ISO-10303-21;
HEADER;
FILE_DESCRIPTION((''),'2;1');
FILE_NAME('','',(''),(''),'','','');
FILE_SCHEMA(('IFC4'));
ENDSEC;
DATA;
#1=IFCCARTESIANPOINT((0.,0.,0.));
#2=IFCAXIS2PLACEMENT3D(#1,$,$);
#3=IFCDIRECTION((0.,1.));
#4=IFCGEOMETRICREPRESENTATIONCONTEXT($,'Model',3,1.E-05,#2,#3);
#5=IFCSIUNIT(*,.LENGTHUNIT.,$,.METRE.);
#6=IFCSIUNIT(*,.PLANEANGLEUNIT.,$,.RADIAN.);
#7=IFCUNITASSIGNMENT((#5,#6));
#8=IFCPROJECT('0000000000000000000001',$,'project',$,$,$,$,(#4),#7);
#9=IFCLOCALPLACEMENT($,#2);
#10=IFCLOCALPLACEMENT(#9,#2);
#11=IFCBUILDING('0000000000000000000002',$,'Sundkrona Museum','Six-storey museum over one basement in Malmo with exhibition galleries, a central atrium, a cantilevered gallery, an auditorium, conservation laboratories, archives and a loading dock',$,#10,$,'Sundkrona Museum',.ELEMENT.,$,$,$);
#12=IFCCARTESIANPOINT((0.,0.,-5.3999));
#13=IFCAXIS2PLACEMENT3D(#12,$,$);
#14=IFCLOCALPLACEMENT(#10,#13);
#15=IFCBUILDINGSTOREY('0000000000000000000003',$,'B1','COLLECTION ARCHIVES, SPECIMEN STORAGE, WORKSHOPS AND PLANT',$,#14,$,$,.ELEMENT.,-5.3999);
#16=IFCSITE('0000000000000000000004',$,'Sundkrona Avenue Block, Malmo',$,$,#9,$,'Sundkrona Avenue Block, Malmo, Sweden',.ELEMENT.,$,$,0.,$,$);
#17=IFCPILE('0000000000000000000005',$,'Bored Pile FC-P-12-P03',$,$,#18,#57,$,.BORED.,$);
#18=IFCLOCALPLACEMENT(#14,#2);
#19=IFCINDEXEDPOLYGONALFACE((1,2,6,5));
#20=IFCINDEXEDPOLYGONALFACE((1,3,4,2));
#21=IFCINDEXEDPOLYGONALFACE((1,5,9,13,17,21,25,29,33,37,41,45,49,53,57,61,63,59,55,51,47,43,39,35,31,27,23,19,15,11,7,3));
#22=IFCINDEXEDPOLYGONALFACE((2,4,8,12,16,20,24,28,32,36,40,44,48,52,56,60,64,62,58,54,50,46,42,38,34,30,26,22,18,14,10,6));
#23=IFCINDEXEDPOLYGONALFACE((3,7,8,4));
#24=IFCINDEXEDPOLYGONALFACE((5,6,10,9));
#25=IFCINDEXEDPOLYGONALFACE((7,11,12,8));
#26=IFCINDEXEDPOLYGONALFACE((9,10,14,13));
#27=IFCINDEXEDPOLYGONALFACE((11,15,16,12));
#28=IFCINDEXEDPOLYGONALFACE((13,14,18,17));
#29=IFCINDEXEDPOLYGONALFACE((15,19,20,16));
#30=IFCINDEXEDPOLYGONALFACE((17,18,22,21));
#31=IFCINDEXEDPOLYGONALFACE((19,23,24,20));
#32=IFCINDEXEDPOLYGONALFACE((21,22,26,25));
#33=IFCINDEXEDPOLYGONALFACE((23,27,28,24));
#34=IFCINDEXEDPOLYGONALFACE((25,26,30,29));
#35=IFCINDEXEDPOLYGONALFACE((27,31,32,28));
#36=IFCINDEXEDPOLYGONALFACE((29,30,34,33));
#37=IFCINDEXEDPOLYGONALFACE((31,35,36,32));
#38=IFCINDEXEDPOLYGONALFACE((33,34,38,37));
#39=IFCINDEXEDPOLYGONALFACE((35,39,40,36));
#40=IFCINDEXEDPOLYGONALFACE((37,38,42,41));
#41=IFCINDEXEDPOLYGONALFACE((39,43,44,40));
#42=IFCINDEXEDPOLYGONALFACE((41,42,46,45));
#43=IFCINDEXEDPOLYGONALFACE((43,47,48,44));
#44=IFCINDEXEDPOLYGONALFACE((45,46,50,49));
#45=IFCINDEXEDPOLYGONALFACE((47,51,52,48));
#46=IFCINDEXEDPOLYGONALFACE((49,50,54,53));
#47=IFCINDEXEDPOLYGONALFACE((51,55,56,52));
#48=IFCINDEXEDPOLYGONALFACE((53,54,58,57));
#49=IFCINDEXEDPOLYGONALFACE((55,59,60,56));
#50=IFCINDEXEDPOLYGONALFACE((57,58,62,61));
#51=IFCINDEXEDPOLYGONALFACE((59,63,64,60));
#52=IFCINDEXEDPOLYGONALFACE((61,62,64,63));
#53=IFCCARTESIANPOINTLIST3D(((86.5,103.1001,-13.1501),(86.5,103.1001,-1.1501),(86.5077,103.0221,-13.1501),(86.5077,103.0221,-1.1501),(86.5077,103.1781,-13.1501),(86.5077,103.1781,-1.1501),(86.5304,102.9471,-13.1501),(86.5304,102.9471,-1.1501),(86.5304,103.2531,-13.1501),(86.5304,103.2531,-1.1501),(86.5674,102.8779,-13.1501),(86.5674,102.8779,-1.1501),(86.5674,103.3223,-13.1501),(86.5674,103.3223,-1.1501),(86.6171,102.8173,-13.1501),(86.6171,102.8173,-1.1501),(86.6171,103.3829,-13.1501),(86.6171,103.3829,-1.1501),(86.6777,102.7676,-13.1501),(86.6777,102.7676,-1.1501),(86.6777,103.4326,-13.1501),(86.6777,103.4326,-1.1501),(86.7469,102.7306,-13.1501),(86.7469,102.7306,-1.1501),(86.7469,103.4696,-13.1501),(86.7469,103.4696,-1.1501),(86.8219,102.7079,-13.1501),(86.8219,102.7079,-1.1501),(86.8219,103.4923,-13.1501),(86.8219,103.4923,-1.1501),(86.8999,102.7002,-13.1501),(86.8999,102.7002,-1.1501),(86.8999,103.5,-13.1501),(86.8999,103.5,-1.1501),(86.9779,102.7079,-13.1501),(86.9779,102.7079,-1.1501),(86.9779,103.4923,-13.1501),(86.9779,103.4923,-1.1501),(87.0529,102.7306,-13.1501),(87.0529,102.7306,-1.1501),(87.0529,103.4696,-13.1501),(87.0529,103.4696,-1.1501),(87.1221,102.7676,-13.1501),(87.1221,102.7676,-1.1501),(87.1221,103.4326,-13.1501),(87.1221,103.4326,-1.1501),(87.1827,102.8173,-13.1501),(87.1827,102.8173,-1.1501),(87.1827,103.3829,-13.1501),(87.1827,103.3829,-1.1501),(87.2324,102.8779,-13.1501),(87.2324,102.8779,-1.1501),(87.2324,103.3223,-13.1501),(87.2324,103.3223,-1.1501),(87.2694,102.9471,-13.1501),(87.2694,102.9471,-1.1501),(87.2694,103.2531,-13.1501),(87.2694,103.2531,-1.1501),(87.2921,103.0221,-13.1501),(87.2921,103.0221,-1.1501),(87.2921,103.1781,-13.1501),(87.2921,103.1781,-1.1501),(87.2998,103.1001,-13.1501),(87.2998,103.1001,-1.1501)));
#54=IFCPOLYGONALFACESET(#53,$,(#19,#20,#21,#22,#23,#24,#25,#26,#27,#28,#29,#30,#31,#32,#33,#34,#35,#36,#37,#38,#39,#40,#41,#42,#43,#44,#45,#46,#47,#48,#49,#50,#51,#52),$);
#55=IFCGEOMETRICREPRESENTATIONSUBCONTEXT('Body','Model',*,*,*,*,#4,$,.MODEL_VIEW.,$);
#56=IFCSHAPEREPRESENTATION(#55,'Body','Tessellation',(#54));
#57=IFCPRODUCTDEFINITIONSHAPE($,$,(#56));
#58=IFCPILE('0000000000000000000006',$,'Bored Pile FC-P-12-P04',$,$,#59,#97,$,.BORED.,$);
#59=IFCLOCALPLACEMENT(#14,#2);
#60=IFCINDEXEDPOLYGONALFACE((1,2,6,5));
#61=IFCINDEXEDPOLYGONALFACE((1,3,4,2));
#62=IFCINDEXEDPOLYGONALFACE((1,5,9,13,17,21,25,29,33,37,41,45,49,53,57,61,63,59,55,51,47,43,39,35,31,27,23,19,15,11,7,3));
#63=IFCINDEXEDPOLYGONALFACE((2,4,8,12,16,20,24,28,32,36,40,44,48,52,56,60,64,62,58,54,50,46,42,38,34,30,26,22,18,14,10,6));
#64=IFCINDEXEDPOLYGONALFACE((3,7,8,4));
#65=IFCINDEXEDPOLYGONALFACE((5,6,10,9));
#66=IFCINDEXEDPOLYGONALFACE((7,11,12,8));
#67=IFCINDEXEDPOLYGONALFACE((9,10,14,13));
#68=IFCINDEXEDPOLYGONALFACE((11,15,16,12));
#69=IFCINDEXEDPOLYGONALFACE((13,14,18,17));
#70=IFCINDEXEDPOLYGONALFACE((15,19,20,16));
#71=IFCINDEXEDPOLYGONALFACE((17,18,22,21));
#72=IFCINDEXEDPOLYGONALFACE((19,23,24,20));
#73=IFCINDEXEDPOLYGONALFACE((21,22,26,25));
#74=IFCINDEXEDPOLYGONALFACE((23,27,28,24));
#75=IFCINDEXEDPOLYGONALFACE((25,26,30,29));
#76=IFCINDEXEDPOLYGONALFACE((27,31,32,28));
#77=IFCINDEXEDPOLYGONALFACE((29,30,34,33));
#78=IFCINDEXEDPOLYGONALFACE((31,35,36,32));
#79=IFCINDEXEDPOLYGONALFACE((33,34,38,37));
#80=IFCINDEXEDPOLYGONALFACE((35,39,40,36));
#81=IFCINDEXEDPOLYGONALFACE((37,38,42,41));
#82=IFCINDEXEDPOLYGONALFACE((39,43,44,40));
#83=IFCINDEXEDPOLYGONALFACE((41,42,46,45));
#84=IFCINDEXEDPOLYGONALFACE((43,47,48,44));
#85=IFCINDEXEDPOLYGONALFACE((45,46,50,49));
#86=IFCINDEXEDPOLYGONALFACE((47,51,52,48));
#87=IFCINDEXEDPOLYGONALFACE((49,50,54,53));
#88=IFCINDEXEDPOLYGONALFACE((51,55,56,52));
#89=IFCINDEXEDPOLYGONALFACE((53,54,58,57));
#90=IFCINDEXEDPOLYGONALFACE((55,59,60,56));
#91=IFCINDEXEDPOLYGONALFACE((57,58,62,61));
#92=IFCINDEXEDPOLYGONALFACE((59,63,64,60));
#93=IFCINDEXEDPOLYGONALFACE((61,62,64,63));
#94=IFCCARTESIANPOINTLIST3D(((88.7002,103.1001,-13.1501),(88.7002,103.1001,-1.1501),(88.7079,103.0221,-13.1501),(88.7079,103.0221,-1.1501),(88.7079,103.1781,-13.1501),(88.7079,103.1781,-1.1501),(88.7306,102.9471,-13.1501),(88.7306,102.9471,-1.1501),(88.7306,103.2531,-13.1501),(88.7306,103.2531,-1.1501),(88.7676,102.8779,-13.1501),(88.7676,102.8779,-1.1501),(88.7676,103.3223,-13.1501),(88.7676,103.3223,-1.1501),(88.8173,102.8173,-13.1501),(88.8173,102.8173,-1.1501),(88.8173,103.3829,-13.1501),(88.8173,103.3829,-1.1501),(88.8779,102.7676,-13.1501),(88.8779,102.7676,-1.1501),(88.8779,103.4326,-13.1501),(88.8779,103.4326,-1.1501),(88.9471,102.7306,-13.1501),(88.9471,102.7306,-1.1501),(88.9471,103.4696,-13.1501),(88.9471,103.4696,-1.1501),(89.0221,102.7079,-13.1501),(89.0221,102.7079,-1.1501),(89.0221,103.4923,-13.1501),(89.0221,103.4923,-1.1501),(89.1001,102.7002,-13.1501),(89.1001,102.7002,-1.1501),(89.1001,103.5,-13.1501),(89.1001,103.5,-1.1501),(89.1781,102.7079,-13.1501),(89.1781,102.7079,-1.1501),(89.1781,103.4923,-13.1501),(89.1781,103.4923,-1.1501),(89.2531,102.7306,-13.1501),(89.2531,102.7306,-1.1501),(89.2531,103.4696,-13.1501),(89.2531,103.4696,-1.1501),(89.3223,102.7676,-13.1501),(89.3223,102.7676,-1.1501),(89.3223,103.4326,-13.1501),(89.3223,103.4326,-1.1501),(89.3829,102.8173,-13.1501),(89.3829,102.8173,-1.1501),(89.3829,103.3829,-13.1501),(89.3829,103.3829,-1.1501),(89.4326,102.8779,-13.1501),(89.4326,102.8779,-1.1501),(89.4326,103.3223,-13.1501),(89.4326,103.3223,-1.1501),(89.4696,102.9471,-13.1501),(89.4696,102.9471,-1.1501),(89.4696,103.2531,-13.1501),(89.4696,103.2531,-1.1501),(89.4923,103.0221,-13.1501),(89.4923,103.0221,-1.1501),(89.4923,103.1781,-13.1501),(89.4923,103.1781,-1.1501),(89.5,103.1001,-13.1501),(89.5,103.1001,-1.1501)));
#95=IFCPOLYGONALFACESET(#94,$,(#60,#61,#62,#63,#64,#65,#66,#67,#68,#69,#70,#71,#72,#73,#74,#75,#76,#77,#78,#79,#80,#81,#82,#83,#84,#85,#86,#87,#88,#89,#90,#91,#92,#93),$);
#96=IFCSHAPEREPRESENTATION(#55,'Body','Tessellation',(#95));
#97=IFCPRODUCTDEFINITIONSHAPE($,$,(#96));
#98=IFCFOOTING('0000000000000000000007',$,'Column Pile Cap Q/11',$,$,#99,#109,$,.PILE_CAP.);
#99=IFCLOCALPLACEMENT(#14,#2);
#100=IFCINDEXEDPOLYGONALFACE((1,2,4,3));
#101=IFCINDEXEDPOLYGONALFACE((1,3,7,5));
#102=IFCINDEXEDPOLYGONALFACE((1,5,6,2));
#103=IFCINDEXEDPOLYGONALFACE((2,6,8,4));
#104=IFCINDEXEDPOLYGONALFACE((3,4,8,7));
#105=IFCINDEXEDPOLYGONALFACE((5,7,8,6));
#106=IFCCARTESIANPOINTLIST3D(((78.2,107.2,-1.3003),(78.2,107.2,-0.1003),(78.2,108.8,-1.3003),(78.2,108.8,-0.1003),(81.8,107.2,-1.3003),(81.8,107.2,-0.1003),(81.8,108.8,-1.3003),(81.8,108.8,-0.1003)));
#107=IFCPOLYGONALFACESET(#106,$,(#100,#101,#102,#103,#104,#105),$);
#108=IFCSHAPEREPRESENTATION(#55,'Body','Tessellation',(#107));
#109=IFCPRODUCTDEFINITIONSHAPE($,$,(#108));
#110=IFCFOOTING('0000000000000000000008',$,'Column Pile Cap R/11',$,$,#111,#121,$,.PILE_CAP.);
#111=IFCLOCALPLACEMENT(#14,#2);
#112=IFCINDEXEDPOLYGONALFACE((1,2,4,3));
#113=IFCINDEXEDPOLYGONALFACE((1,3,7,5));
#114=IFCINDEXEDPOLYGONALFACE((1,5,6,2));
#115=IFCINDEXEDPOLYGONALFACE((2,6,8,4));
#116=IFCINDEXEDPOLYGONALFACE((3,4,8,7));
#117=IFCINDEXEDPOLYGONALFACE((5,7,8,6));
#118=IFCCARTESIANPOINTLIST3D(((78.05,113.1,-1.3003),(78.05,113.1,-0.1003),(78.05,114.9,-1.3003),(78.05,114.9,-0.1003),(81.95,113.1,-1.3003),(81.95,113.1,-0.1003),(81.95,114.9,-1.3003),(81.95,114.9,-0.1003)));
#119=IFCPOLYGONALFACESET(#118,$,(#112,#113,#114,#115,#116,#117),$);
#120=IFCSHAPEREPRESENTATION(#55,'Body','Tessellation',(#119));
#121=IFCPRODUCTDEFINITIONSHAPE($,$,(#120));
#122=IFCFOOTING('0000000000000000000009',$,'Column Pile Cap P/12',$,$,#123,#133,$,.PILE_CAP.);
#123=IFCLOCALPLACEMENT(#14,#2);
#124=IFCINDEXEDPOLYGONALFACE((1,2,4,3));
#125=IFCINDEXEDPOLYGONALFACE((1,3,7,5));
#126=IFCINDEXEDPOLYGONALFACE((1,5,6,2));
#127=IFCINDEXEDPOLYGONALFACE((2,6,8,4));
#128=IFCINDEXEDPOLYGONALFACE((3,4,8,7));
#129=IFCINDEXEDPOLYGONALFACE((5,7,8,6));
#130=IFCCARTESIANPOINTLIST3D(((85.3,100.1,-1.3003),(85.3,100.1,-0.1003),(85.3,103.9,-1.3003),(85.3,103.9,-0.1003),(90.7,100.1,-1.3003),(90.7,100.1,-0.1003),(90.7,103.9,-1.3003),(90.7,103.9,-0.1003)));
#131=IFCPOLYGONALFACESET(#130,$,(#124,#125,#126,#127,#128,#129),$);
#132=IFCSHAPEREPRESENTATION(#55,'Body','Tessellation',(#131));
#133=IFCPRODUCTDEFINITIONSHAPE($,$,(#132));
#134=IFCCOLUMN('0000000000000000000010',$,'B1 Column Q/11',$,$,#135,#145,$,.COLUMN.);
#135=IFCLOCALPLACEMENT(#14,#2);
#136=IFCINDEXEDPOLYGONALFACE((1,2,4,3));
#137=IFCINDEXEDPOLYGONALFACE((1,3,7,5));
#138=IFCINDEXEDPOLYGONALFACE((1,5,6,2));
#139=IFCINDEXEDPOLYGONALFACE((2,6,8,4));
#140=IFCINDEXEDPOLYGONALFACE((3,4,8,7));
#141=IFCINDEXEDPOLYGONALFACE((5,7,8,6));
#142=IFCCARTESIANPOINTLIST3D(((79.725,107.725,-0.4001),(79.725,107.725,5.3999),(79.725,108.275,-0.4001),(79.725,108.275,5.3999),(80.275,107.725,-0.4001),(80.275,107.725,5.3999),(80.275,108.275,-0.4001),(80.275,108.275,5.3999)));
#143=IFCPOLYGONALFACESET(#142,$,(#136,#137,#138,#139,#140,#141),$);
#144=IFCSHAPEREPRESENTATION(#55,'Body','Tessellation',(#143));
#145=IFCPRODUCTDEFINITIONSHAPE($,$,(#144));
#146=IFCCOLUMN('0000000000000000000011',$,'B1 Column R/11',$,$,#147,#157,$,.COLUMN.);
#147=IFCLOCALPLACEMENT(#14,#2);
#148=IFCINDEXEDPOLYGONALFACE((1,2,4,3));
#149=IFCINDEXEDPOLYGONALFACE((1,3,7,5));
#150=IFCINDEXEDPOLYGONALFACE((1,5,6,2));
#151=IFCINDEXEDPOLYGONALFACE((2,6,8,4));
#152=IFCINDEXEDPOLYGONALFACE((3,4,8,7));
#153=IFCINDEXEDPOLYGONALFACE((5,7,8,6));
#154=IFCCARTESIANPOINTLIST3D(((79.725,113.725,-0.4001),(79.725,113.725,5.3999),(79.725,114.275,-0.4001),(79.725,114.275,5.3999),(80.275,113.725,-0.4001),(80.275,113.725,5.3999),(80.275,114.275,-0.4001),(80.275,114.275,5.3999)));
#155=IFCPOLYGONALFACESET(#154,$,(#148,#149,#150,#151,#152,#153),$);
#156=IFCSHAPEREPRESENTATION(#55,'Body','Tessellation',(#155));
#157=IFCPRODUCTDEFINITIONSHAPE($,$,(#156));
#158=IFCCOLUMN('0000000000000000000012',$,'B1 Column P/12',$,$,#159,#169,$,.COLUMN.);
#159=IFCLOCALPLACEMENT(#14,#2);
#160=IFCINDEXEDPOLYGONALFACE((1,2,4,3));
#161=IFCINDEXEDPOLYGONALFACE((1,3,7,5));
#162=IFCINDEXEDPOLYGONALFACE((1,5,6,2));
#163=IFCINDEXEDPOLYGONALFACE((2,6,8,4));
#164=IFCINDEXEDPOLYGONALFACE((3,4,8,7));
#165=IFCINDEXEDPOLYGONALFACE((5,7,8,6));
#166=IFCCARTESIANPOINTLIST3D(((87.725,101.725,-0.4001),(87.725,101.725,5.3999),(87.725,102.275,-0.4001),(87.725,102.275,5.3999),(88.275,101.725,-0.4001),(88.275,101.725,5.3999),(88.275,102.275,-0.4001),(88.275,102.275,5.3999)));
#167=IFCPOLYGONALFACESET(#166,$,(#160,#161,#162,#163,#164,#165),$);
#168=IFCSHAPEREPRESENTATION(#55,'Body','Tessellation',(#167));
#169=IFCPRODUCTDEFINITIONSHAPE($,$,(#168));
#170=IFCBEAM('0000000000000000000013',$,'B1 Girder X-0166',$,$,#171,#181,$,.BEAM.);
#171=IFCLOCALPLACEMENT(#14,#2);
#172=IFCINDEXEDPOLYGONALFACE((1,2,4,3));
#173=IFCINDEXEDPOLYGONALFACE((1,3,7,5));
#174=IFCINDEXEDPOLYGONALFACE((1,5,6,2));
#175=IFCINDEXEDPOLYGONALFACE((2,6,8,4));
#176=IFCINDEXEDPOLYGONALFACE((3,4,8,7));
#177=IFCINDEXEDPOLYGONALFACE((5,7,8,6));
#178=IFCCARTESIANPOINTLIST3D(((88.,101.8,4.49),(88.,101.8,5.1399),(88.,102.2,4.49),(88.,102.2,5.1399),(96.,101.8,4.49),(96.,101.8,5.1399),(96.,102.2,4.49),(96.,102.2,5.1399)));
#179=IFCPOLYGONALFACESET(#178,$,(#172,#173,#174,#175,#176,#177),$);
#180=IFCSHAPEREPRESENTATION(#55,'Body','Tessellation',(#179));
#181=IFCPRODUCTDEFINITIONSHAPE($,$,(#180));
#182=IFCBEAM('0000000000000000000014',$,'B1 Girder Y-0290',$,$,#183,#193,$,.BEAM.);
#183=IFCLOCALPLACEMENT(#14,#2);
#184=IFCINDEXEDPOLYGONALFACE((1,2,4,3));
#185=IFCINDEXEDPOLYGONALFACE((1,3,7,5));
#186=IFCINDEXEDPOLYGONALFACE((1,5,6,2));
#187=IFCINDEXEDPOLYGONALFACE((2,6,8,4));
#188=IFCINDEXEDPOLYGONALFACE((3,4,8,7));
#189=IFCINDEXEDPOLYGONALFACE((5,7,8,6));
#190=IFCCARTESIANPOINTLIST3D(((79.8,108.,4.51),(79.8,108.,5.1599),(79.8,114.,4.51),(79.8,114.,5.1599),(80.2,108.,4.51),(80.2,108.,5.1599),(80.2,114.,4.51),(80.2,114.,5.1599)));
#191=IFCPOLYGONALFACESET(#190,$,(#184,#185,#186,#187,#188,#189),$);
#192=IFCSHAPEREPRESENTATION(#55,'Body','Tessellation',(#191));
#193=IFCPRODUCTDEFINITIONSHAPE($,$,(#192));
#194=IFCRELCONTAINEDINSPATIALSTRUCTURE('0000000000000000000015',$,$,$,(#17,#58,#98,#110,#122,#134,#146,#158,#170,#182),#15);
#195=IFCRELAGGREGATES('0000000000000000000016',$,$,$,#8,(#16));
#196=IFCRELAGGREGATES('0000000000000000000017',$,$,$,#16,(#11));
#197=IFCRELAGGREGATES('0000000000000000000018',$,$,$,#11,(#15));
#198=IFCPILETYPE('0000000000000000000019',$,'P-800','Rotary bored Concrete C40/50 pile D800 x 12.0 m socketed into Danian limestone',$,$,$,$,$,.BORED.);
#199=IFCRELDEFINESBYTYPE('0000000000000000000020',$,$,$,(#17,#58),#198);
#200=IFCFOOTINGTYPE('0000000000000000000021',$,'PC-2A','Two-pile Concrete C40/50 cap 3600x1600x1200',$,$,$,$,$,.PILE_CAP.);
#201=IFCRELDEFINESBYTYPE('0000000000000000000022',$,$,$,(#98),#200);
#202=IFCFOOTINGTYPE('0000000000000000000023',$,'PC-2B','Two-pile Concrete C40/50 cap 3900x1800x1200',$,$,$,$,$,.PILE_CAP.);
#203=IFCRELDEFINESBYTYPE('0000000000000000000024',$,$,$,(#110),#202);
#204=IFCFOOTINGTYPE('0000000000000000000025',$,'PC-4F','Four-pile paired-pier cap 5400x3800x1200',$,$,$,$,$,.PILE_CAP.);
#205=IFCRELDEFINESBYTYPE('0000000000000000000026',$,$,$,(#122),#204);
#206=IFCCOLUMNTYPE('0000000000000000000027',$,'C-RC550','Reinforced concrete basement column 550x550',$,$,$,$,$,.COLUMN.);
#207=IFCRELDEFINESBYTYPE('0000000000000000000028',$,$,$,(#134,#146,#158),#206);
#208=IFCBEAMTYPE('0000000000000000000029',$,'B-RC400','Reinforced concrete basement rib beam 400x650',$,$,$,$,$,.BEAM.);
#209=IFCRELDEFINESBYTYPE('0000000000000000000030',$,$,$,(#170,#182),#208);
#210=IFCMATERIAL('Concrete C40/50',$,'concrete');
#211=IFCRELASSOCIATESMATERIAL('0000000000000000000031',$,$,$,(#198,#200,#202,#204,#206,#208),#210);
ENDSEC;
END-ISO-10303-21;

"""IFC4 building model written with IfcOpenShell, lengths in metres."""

from ifc_helpers import new_model, si_unit, direction, frame, origin, origin_2d, place, context, subcontext, project, spatial, rectangle, circle, extrude, material, material_profile, profile_set, type_object, element, save


model = new_model("IFC4")

# Units and contexts
model_context = context("Model", 3, precision=1e-05, world=origin(), true_north=direction((0.0, 1.0)))
body_context = subcontext(model_context, "Body", "Model", "MODEL_VIEW")
ifc_project = project(units=[si_unit("LENGTHUNIT", "METRE"), si_unit("PLANEANGLEUNIT", "RADIAN")], contexts=[model_context])

# Site, building, storey
site_placement = place(None, origin())
site = spatial("IfcSite", under=ifc_project, at=site_placement, Name="Sundkrona Avenue Block, Malmo", LongName="Sundkrona Avenue Block, Malmo, Sweden", CompositionType="ELEMENT", RefElevation=0.0)
building_placement = place(site_placement, origin())
building = spatial("IfcBuilding", under=site, at=building_placement, Name="Sundkrona Museum", Description="Six-storey museum over one basement in Malmo with exhibition galleries, a central atrium, a cantilevered gallery, an auditorium, conservation laboratories, archives and a loading dock", LongName="Sundkrona Museum", CompositionType="ELEMENT")
storey_placement = place(building_placement, frame((0.0, 0.0, -5.3999)))
storey = spatial("IfcBuildingStorey", under=building, at=storey_placement, Name="B1", Description="COLLECTION ARCHIVES, SPECIMEN STORAGE, WORKSHOPS AND PLANT", CompositionType="ELEMENT", Elevation=-5.3999)

# Shared definitions
ifc_material_1 = material(Name="Concrete C40/50", Category="concrete")

# Piles
ifc_material_profile_1 = material_profile(ifc_material_1, circle(Radius=0.3999, at=origin_2d()), Name="PILE D800")
ifc_profile_set_1 = profile_set([ifc_material_profile_1], Name="Concrete C40/50")
pile_type = type_object("IfcPileType", Name="P-800", Description="Rotary bored Concrete C40/50 pile D800 x 12.0 m socketed into Danian limestone", PredefinedType="BORED", material=ifc_profile_set_1)
for number, where, z_axis, x_axis, name in (
    (1, (86.8999, 103.1001, -1.1501), (0.0, 0.0, -1.0), (1.0, 0.0, 0.0), "Bored Pile FC-P-12-P03"),
    (2, (89.1001, 103.1001, -1.1501), (0.0, 0.0, -1.0), (1.0, 0.0, 0.0), "Bored Pile FC-P-12-P04"),
):
    element("IfcPile", number, at=place(storey_placement, frame(where, z_axis=z_axis, x_axis=x_axis)), inside=storey, type_object=pile_type, Name=name, PredefinedType="BORED", context=body_context, shape_type="SweptSolid", body=[
        extrude(circle(Radius=0.3999, at=origin_2d()), origin(), (0.0, 0.0, 1.0), 12.0),
    ])

# Footings
footing_type_1 = type_object("IfcFootingType", Name="PC-2A", Description="Two-pile Concrete C40/50 cap 3600x1600x1200", PredefinedType="PILE_CAP", material=ifc_material_1)
footing_1_placement = place(storey_placement, frame((80.0, 108.0, -1.3003), z_axis=(0.0, 0.0, 1.0), x_axis=(1.0, 0.0, 0.0)))
element("IfcFooting", 3, at=footing_1_placement, inside=storey, type_object=footing_type_1, Name="Column Pile Cap Q/11", PredefinedType="PILE_CAP", context=body_context, shape_type="SweptSolid", body=[
    extrude(rectangle(XDim=3.6001, YDim=1.6001, at=origin_2d()), origin(), (0.0, 0.0, 1.0), 1.2),
])
footing_type_2 = type_object("IfcFootingType", Name="PC-2B", Description="Two-pile Concrete C40/50 cap 3900x1800x1200", PredefinedType="PILE_CAP", material=ifc_material_1)
footing_2_placement = place(storey_placement, frame((80.0, 114.0, -1.3003), z_axis=(0.0, 0.0, 1.0), x_axis=(1.0, 0.0, 0.0)))
element("IfcFooting", 4, at=footing_2_placement, inside=storey, type_object=footing_type_2, Name="Column Pile Cap R/11", PredefinedType="PILE_CAP", context=body_context, shape_type="SweptSolid", body=[
    extrude(rectangle(XDim=3.8999, YDim=1.8, at=origin_2d()), origin(), (0.0, 0.0, 1.0), 1.2),
])
footing_type_3 = type_object("IfcFootingType", Name="PC-4F", Description="Four-pile paired-pier cap 5400x3800x1200", PredefinedType="PILE_CAP", material=ifc_material_1)
footing_3_placement = place(storey_placement, frame((88.0, 102.0, -1.3003), z_axis=(0.0, 0.0, 1.0), x_axis=(1.0, 0.0, 0.0)))
element("IfcFooting", 5, at=footing_3_placement, inside=storey, type_object=footing_type_3, Name="Column Pile Cap P/12", PredefinedType="PILE_CAP", context=body_context, shape_type="SweptSolid", body=[
    extrude(rectangle(XDim=5.3999, YDim=3.8, at=origin_2d()), origin(), (0.0, 0.0, 1.0), 1.2),
])

# Columns
ifc_material_profile_2 = material_profile(ifc_material_1, rectangle(XDim=0.55, YDim=0.55, at=origin_2d()), Name="RC 550x550")
ifc_profile_set_2 = profile_set([ifc_material_profile_2], Name="Concrete C40/50")
column_type = type_object("IfcColumnType", Name="C-RC550", Description="Reinforced concrete basement column 550x550", PredefinedType="COLUMN", material=ifc_profile_set_2)
for number, where, z_axis, x_axis, name in (
    (6, (80.0, 108.0, -0.4001), (0.0, 0.0, 1.0), (1.0, 0.0, 0.0), "B1 Column Q/11"),
    (7, (80.0, 114.0, -0.4001), (0.0, 0.0, 1.0), (1.0, 0.0, 0.0), "B1 Column R/11"),
    (8, (88.0, 102.0, -0.4001), (0.0, 0.0, 1.0), (1.0, 0.0, 0.0), "B1 Column P/12"),
):
    element("IfcColumn", number, at=place(storey_placement, frame(where, z_axis=z_axis, x_axis=x_axis)), inside=storey, type_object=column_type, Name=name, PredefinedType="COLUMN", context=body_context, shape_type="SweptSolid", body=[
        extrude(rectangle(XDim=0.55, YDim=0.55, at=origin_2d()), origin(), (0.0, 0.0, 1.0), 5.8),
    ])

# Beams
ifc_material_profile_3 = material_profile(ifc_material_1, rectangle(XDim=0.3999, YDim=0.6499, at=origin_2d()), Name="RCB 400x650")
ifc_profile_set_3 = profile_set([ifc_material_profile_3], Name="Concrete C40/50")
beam_type_1 = type_object("IfcBeamType", Name="B-RC400", Description="Reinforced concrete basement rib beam 400x650", PredefinedType="BEAM", material=ifc_profile_set_3)
beam_1_placement = place(storey_placement, frame((88.0, 102.0, 4.8149), z_axis=(1.0, 0.0, 0.0), x_axis=(0.0, 1.0, 0.0)))
element("IfcBeam", 9, at=beam_1_placement, inside=storey, type_object=beam_type_1, Name="B1 Girder X-0166", PredefinedType="BEAM", context=body_context, shape_type="SweptSolid", body=[
    extrude(rectangle(XDim=0.3999, YDim=0.6499, at=origin_2d()), origin(), (0.0, 0.0, 1.0), 8.0),
])
beam_2_placement = place(storey_placement, frame((80.0, 108.0, 4.835), z_axis=(0.0, 1.0, 0.0), x_axis=(-1.0, 0.0, 0.0)))
element("IfcBeam", 10, at=beam_2_placement, inside=storey, type_object=beam_type_1, Name="B1 Girder Y-0290", PredefinedType="BEAM", context=body_context, shape_type="SweptSolid", body=[
    extrude(rectangle(XDim=0.3999, YDim=0.6499, at=origin_2d()), origin(), (0.0, 0.0, 1.0), 6.0),
])

save(model, "model.ifc")
